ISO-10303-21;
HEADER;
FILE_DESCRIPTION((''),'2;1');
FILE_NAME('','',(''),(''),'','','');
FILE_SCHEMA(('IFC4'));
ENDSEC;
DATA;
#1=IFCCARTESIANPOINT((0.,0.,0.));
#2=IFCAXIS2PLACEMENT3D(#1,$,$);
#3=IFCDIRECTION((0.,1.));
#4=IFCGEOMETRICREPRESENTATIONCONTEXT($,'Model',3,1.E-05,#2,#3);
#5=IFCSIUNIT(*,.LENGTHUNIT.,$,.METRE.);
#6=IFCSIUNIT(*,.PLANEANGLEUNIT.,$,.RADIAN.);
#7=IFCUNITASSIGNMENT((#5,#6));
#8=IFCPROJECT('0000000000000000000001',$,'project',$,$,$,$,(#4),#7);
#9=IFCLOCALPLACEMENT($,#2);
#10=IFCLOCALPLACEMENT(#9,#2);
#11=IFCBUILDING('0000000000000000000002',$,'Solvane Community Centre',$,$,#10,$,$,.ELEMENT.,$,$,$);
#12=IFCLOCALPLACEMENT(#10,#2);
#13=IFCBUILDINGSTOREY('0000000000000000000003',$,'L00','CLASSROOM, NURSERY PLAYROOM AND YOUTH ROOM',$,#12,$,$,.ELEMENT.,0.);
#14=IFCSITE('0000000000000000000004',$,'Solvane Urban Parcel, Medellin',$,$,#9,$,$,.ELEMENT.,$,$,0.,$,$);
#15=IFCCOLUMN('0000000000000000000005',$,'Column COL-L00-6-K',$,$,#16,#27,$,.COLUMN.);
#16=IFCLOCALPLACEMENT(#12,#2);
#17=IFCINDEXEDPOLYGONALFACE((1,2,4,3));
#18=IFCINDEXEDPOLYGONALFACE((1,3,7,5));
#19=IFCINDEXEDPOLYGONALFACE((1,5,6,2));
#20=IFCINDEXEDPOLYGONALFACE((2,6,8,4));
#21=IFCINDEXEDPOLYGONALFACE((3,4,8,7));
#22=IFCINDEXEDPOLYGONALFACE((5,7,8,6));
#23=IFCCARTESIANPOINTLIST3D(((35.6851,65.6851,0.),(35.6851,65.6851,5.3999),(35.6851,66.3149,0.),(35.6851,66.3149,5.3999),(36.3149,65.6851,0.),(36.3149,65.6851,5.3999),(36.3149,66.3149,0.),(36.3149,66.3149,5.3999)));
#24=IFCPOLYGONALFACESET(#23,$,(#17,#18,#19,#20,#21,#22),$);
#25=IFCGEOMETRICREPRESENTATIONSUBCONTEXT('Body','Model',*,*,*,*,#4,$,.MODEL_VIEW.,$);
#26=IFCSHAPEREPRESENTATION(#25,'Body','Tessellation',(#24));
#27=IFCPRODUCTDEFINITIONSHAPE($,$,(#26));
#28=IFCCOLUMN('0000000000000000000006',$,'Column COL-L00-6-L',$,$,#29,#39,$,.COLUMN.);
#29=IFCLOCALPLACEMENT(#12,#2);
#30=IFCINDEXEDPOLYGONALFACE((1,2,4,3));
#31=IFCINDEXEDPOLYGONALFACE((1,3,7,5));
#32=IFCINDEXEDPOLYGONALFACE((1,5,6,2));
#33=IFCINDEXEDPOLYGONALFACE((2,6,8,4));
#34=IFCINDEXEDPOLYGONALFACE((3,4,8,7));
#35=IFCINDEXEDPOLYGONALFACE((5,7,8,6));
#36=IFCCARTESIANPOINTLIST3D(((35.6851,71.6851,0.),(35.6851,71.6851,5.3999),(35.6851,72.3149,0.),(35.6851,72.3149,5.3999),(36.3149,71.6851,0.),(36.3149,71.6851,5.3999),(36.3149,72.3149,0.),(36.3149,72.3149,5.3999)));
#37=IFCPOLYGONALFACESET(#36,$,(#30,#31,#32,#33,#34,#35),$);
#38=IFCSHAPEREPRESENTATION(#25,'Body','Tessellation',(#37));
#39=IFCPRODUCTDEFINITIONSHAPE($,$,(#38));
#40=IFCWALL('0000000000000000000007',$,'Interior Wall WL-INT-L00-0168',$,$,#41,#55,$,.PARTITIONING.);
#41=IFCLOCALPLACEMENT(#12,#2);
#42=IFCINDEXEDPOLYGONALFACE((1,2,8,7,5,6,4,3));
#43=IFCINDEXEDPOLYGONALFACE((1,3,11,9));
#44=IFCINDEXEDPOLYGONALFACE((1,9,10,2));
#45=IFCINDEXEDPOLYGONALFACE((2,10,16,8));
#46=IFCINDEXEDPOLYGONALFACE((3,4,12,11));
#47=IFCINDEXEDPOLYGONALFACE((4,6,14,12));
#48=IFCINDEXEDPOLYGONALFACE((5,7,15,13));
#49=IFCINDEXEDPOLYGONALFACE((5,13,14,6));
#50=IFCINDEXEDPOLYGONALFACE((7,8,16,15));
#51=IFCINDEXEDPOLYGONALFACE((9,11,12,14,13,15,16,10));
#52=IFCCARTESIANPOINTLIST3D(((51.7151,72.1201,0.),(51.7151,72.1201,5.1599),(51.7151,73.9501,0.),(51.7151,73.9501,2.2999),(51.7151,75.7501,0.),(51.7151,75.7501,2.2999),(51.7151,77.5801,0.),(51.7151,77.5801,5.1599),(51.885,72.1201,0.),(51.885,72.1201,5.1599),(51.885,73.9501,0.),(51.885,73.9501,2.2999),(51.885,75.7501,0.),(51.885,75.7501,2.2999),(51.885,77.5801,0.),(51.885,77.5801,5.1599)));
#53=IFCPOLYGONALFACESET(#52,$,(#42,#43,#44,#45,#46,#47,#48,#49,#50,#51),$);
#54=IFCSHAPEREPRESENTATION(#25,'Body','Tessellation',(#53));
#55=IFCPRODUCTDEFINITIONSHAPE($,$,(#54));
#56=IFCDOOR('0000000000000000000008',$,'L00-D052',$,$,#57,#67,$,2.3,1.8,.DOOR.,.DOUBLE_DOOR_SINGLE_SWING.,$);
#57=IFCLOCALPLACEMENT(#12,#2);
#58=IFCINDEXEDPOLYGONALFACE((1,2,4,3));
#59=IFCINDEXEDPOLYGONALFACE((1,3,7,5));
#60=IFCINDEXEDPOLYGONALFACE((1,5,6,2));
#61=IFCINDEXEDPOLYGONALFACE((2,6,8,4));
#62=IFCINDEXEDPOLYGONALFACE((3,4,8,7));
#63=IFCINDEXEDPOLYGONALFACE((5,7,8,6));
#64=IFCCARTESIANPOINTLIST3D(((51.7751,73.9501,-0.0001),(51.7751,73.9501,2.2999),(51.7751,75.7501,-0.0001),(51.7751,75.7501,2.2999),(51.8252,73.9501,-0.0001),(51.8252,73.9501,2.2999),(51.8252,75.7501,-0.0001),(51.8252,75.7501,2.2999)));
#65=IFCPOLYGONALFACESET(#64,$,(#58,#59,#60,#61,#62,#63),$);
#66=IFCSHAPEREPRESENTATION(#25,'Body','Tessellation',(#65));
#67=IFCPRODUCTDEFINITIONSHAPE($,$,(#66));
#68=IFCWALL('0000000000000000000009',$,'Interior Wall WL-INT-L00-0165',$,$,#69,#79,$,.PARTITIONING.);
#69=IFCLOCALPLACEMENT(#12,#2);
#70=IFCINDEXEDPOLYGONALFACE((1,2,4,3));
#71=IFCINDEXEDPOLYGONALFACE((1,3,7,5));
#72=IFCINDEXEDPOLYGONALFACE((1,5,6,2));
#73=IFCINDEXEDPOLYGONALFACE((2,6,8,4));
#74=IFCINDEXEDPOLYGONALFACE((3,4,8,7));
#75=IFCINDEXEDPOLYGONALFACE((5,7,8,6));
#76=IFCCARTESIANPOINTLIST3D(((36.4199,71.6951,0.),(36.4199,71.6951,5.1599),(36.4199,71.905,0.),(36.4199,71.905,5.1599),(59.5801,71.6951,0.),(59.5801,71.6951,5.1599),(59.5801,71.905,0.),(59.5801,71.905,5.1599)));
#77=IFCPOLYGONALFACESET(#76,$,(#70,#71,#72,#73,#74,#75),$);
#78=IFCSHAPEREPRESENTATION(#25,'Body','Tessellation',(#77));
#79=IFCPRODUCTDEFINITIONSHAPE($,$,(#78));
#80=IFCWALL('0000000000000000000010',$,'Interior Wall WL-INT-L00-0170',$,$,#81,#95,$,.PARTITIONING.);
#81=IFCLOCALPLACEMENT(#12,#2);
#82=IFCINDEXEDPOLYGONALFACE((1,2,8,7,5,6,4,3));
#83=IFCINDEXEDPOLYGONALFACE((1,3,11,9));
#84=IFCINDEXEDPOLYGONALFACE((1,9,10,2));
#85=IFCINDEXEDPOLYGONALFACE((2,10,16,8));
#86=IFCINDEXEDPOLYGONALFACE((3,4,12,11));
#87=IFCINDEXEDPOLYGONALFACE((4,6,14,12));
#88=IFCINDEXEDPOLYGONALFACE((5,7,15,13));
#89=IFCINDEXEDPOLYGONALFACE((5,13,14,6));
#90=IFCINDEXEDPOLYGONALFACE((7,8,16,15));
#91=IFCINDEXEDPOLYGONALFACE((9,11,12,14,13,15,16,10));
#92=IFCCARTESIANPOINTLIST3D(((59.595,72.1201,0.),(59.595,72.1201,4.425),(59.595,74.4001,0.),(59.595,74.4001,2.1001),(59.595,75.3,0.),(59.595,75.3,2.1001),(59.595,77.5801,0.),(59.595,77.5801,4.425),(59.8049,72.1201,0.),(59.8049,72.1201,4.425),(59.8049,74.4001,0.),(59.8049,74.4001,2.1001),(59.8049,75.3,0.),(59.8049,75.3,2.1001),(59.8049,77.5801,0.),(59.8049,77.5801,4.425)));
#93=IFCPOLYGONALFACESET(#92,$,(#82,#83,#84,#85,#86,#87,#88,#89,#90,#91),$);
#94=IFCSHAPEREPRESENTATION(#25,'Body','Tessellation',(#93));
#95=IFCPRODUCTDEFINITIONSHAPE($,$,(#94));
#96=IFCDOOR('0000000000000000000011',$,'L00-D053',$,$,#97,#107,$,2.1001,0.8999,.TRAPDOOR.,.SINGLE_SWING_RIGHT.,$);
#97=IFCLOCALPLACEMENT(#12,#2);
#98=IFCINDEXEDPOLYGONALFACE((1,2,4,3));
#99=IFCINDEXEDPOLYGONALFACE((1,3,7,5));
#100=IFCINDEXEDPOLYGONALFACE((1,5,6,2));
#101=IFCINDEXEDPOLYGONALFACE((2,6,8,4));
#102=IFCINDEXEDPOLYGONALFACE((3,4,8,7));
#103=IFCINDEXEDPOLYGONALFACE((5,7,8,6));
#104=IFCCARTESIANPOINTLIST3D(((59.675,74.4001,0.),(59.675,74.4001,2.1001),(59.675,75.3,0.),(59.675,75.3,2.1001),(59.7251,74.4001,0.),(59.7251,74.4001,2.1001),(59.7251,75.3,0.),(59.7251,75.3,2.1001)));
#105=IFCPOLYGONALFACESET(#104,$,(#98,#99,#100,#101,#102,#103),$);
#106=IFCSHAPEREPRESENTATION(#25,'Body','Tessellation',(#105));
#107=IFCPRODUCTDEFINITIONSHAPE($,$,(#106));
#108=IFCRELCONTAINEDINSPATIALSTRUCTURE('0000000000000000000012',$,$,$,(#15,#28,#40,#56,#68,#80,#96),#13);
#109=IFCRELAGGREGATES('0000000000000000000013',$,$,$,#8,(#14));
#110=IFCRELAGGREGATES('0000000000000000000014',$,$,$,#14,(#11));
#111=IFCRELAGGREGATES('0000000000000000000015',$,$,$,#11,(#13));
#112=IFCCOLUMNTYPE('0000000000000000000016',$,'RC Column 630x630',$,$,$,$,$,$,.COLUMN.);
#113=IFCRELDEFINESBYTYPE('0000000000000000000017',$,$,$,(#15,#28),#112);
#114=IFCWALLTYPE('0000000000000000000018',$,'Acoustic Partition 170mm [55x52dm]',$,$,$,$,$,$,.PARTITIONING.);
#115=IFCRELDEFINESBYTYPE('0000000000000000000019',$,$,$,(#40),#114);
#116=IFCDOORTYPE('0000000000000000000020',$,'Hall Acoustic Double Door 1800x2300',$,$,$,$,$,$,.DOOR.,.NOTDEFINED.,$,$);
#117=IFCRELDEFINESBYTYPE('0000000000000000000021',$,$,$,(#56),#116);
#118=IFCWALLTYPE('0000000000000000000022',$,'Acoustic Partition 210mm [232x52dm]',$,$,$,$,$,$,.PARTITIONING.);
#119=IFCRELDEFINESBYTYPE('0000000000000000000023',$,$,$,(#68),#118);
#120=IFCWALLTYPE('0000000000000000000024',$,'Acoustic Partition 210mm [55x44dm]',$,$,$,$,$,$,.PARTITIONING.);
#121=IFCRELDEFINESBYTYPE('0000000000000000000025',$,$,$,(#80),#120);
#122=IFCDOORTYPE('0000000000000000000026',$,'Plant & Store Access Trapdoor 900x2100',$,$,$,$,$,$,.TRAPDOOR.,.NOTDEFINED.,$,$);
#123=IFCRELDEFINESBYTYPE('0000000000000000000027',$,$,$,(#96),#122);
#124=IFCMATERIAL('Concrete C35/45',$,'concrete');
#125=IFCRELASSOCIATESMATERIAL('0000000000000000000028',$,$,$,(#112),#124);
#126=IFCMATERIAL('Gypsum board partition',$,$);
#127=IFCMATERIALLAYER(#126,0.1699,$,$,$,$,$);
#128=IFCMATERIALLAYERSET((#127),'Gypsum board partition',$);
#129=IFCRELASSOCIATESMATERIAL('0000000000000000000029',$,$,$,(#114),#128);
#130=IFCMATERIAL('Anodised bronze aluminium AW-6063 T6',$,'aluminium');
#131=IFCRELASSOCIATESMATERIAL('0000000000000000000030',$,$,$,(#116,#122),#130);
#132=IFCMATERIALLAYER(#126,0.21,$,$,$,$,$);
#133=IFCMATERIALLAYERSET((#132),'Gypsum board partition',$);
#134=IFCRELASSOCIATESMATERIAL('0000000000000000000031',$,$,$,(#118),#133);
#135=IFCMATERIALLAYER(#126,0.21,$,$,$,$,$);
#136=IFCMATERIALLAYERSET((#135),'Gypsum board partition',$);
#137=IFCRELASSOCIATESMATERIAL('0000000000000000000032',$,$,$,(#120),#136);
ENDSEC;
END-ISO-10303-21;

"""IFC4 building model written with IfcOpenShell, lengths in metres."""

from ifc_helpers import new_model, si_unit, direction, frame, frame_2d, origin, origin_2d, place, context, subcontext, project, spatial, rectangle, extrude, material, layer, layer_set, material_profile, profile_set, type_object, element, fill, save


model = new_model("IFC4")

# Units and contexts
model_context = context("Model", 3, precision=1e-05, world=origin(), true_north=direction((0.0, 1.0)))
body_context = subcontext(model_context, "Body", "Model", "MODEL_VIEW")
ifc_project = project(units=[si_unit("LENGTHUNIT", "METRE"), si_unit("PLANEANGLEUNIT", "RADIAN")], contexts=[model_context])

# Site, building, storey
site_placement = place(None, origin())
site = spatial("IfcSite", under=ifc_project, at=site_placement, Name="Solvane Urban Parcel, Medellin", CompositionType="ELEMENT", RefElevation=0.0)
building_placement = place(site_placement, origin())
building = spatial("IfcBuilding", under=site, at=building_placement, Name="Solvane Community Centre", CompositionType="ELEMENT")
storey_placement = place(building_placement, origin())
storey = spatial("IfcBuildingStorey", under=building, at=storey_placement, Name="L00", Description="CLASSROOM, NURSERY PLAYROOM AND YOUTH ROOM", CompositionType="ELEMENT", Elevation=0.0)

# Columns
ifc_material_1 = material(Name="Concrete C35/45", Category="concrete")
ifc_material_profile_1 = material_profile(ifc_material_1, rectangle(XDim=0.6299, YDim=0.6299, at=origin_2d()), Name="RC 630x630")
ifc_profile_set_1 = profile_set([ifc_material_profile_1], Name="Concrete C35/45")
column_type_1 = type_object("IfcColumnType", Name="RC Column 630x630", PredefinedType="COLUMN", material=ifc_profile_set_1)
for number, where, z_axis, x_axis, name in (
    (1, (36.0, 66.0, 0.0), (0.0, 0.0, 1.0), (1.0, 0.0, 0.0), "Column COL-L00-6-K"),
    (2, (36.0, 72.0, 0.0), (0.0, 0.0, 1.0), (1.0, 0.0, 0.0), "Column COL-L00-6-L"),
):
    element("IfcColumn", number, at=place(storey_placement, frame(where, z_axis=z_axis, x_axis=x_axis)), inside=storey, type_object=column_type_1, Name=name, PredefinedType="COLUMN", context=body_context, shape_type="SweptSolid", body=[
        extrude(rectangle(XDim=0.6299, YDim=0.6299, at=origin_2d()), origin(), (0.0, 0.0, 1.0), 5.3999),
    ])

# Wall, opening, door
ifc_material_2 = material(Name="Gypsum board partition")
ifc_layer_1 = layer(ifc_material_2, 0.1699)
ifc_layer_set_1 = layer_set([ifc_layer_1], Name="Gypsum board partition")
wall_type_1 = type_object("IfcWallType", Name="Acoustic Partition 170mm [55x52dm]", PredefinedType="PARTITIONING", material=ifc_layer_set_1)
wall_1_placement = place(storey_placement, frame((51.8, 72.1201, 0.0), z_axis=(0.0, 0.0, 1.0), x_axis=(0.0, 1.0, 0.0)))
wall_1 = element("IfcWall", 3, at=wall_1_placement, inside=storey, type_object=wall_type_1, Name="Interior Wall WL-INT-L00-0168", PredefinedType="PARTITIONING", context=body_context, shape_type="SweptSolid", body=[
    extrude(rectangle(XDim=5.46, YDim=0.1699, at=frame_2d((2.73, 0.0))), origin(), (0.0, 0.0, 1.0), 5.1599),
])
opening_1_placement = place(wall_1_placement, frame((1.8301, 0.0, 0.0)))
opening_1 = element("IfcOpeningElement", 4, at=opening_1_placement, cuts=wall_1, PredefinedType="OPENING", context=body_context, shape_type="SweptSolid", body=[
    extrude(rectangle(XDim=1.8, YDim=2.3, at=frame_2d((0.8999, 1.1499))), frame((0.0, 0.095, 0.0), z_axis=(0.0, -1.0, 0.0), x_axis=(1.0, 0.0, 0.0)), (0.0, 0.0, 1.0), 0.1899),
])
ifc_material_3 = material(Name="Anodised bronze aluminium AW-6063 T6", Category="aluminium")
door_type_1 = type_object("IfcDoorType", Name="Hall Acoustic Double Door 1800x2300", OperationType="NOTDEFINED", PredefinedType="DOOR", material=ifc_material_3)
door_1_placement = place(opening_1_placement, origin())
door_1 = element("IfcDoor", 5, at=door_1_placement, inside=storey, type_object=door_type_1, Name="L00-D052", OperationType="DOUBLE_DOOR_SINGLE_SWING", OverallHeight=2.3, OverallWidth=1.8, PredefinedType="DOOR", context=body_context, shape_type="SweptSolid", body=[
    extrude(rectangle(XDim=1.8, YDim=2.3, at=frame_2d((0.8999, 1.1499))), frame((0.0, 0.0249, 0.0), z_axis=(0.0, -1.0, 0.0), x_axis=(1.0, 0.0, 0.0)), (0.0, 0.0, 1.0), 0.05),
])
fill(opening_1, door_1)

# Wall
ifc_layer_2 = layer(ifc_material_2, 0.21)
ifc_layer_set_2 = layer_set([ifc_layer_2], Name="Gypsum board partition")
wall_type_2 = type_object("IfcWallType", Name="Acoustic Partition 210mm [232x52dm]", PredefinedType="PARTITIONING", material=ifc_layer_set_2)
wall_2_placement = place(storey_placement, frame((59.5801, 71.8, 0.0), z_axis=(0.0, 0.0, 1.0), x_axis=(-1.0, 0.0, 0.0)))
element("IfcWall", 6, at=wall_2_placement, inside=storey, type_object=wall_type_2, Name="Interior Wall WL-INT-L00-0165", PredefinedType="PARTITIONING", context=body_context, shape_type="SweptSolid", body=[
    extrude(rectangle(XDim=23.1602, YDim=0.21, at=frame_2d((11.5801, 0.0))), origin(), (0.0, 0.0, 1.0), 5.1599),
])

# Wall, opening, door
ifc_layer_3 = layer(ifc_material_2, 0.21)
ifc_layer_set_3 = layer_set([ifc_layer_3], Name="Gypsum board partition")
wall_type_3 = type_object("IfcWallType", Name="Acoustic Partition 210mm [55x44dm]", PredefinedType="PARTITIONING", material=ifc_layer_set_3)
wall_3_placement = place(storey_placement, frame((59.7, 72.1201, 0.0), z_axis=(0.0, 0.0, 1.0), x_axis=(0.0, 1.0, 0.0)))
wall_3 = element("IfcWall", 7, at=wall_3_placement, inside=storey, type_object=wall_type_3, Name="Interior Wall WL-INT-L00-0170", PredefinedType="PARTITIONING", context=body_context, shape_type="SweptSolid", body=[
    extrude(rectangle(XDim=5.46, YDim=0.21, at=frame_2d((2.73, 0.0))), origin(), (0.0, 0.0, 1.0), 4.425),
])
opening_2_placement = place(wall_3_placement, frame((2.28, 0.0, 0.0)))
opening_2 = element("IfcOpeningElement", 8, at=opening_2_placement, cuts=wall_3, PredefinedType="OPENING", context=body_context, shape_type="SweptSolid", body=[
    extrude(rectangle(XDim=0.8999, YDim=2.1001, at=frame_2d((0.45, 1.05))), frame((0.0, 0.115, 0.0), z_axis=(0.0, -1.0, 0.0), x_axis=(1.0, 0.0, 0.0)), (0.0, 0.0, 1.0), 0.23),
])
door_type_2 = type_object("IfcDoorType", Name="Plant & Store Access Trapdoor 900x2100", OperationType="NOTDEFINED", PredefinedType="TRAPDOOR", material=ifc_material_3)
door_2_placement = place(opening_2_placement, origin())
door_2 = element("IfcDoor", 9, at=door_2_placement, inside=storey, type_object=door_type_2, Name="L00-D053", OperationType="SINGLE_SWING_RIGHT", OverallHeight=2.1001, OverallWidth=0.8999, PredefinedType="TRAPDOOR", context=body_context, shape_type="SweptSolid", body=[
    extrude(rectangle(XDim=0.8999, YDim=2.1001, at=frame_2d((0.45, 1.05))), frame((0.0, 0.0249, 0.0), z_axis=(0.0, -1.0, 0.0), x_axis=(1.0, 0.0, 0.0)), (0.0, 0.0, 1.0), 0.05),
])
fill(opening_2, door_2)

save(model, "model.ifc")
